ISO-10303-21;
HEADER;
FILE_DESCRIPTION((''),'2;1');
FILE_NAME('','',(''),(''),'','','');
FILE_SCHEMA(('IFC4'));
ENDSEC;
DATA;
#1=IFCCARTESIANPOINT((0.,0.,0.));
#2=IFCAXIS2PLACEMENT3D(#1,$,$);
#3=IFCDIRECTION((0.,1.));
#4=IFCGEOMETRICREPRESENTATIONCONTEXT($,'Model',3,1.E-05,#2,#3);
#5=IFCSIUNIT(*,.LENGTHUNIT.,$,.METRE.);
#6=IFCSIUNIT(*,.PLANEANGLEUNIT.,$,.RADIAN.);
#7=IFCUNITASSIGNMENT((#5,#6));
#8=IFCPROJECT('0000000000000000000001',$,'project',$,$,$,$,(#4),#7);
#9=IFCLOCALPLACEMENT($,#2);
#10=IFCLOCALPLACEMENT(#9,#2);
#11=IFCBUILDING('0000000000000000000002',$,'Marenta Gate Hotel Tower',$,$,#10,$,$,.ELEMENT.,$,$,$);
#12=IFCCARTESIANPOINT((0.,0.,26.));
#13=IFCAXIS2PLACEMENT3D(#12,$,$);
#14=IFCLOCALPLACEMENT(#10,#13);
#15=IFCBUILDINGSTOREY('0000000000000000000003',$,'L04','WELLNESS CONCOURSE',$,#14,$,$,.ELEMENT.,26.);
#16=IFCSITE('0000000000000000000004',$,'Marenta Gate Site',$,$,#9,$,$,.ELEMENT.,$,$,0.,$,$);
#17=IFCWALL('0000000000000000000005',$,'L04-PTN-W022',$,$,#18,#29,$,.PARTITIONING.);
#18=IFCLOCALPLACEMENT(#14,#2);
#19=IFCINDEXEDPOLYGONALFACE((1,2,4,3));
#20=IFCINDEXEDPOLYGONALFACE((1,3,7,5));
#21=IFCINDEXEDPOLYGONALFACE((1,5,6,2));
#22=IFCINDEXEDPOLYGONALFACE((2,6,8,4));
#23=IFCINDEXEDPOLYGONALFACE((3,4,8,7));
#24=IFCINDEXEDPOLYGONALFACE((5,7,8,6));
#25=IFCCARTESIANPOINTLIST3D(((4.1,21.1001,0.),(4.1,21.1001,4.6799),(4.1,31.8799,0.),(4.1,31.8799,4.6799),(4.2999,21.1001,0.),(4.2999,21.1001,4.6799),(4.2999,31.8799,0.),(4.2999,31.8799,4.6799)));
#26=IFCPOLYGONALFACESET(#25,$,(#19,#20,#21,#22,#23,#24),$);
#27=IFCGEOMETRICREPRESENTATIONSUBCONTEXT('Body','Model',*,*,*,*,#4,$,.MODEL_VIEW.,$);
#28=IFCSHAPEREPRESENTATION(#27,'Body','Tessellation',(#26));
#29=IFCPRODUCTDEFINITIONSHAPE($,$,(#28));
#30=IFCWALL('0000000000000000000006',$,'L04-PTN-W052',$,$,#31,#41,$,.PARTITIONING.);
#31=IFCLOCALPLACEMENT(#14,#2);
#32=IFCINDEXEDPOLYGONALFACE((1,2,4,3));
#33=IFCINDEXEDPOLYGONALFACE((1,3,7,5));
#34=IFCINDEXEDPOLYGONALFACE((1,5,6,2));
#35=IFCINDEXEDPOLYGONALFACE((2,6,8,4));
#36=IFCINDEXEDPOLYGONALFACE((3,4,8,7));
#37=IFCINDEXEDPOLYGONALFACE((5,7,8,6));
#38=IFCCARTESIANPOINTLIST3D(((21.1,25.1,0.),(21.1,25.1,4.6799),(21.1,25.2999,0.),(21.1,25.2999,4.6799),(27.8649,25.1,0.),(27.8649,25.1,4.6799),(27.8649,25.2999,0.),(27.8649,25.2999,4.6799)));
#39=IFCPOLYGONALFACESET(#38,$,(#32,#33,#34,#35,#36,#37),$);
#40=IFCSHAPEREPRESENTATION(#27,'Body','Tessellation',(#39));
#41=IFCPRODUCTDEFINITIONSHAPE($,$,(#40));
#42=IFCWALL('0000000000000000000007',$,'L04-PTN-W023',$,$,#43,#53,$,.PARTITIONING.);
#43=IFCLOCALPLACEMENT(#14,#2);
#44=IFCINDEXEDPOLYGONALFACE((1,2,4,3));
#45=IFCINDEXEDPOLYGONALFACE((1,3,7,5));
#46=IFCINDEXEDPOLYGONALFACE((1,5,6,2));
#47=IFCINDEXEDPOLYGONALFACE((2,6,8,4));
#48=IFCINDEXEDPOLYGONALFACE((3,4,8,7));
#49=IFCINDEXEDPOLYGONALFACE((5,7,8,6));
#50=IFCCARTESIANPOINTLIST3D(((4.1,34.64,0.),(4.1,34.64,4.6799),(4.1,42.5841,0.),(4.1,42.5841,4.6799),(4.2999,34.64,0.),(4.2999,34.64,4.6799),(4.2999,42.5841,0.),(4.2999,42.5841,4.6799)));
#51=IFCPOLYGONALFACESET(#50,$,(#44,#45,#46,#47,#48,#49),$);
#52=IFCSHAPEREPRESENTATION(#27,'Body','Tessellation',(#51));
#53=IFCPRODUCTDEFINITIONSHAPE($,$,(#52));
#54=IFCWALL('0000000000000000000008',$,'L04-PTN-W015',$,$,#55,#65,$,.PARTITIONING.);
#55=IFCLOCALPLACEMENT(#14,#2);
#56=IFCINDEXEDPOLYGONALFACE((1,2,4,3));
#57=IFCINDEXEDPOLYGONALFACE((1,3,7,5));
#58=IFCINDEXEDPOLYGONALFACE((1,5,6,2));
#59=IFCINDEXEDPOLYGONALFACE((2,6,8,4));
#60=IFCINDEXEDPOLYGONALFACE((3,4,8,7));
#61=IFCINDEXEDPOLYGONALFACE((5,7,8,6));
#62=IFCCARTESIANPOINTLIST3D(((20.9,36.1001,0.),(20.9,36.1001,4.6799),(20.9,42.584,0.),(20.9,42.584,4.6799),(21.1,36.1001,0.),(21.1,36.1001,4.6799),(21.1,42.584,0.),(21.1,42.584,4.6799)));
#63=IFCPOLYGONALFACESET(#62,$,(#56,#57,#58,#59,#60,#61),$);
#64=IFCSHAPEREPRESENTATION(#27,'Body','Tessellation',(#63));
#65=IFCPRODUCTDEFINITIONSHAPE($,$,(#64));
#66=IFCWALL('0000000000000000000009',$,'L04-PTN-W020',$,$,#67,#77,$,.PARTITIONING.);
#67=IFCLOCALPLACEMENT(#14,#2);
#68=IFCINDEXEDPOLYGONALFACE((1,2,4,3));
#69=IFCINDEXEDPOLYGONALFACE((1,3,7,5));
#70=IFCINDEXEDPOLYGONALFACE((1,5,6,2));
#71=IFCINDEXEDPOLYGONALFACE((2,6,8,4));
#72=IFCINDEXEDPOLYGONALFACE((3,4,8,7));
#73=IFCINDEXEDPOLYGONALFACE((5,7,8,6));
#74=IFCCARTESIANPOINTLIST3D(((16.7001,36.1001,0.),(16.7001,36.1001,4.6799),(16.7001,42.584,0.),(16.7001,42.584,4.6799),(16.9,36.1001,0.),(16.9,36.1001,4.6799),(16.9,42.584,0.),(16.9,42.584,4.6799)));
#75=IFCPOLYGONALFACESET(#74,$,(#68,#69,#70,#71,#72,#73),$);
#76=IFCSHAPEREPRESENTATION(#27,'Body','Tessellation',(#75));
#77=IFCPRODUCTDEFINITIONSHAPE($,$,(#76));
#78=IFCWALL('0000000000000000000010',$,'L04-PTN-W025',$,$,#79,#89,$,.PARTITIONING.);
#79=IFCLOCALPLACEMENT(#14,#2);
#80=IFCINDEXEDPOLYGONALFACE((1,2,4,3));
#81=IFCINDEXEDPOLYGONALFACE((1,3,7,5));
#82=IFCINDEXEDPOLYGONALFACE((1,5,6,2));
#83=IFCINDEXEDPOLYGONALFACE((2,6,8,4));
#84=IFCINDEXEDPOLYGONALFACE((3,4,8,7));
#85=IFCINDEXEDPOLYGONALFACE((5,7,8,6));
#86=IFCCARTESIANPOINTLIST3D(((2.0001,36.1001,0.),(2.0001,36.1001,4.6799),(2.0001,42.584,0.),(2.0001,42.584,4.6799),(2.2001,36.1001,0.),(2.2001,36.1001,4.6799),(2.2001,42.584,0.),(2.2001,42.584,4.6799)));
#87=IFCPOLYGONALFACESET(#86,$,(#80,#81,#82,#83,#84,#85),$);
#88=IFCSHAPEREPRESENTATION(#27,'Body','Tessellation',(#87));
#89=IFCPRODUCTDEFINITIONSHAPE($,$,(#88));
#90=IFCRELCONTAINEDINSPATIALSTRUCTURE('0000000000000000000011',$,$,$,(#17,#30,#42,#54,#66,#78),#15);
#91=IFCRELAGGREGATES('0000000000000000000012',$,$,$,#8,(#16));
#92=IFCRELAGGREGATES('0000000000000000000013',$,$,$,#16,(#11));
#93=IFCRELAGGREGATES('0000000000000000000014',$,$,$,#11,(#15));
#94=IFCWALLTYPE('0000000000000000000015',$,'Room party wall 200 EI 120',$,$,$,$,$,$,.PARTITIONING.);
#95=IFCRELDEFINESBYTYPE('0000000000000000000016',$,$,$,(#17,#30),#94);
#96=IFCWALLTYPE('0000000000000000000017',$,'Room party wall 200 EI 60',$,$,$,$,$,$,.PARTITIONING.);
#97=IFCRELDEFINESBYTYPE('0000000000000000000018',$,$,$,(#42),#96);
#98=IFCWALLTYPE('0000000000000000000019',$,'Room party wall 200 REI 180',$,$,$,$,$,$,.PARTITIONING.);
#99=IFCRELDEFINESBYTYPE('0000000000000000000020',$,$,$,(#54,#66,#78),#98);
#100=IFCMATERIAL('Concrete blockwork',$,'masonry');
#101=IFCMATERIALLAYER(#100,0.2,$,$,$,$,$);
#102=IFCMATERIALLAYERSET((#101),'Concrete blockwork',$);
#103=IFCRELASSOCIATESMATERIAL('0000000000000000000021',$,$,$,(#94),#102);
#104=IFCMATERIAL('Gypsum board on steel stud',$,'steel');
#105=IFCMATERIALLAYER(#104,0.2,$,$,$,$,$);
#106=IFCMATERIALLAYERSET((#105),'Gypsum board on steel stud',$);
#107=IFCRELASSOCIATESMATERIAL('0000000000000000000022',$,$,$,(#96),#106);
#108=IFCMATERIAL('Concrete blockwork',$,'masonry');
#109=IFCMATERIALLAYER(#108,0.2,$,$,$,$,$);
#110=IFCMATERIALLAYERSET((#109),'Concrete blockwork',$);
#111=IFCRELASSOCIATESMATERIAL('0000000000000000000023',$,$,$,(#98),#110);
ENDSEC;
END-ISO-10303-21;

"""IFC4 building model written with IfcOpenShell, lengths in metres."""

from ifc_helpers import new_model, si_unit, direction, frame, frame_2d, origin, place, context, subcontext, project, spatial, rectangle, extrude, material, layer, layer_set, type_object, element, save


model = new_model("IFC4")

# Units and contexts
model_context = context("Model", 3, precision=1e-05, world=origin(), true_north=direction((0.0, 1.0)))
body_context = subcontext(model_context, "Body", "Model", "MODEL_VIEW")
ifc_project = project(units=[si_unit("LENGTHUNIT", "METRE"), si_unit("PLANEANGLEUNIT", "RADIAN")], contexts=[model_context])

# Site, building, storey
site_placement = place(None, origin())
site = spatial("IfcSite", under=ifc_project, at=site_placement, Name="Marenta Gate Site", CompositionType="ELEMENT", RefElevation=0.0)
building_placement = place(site_placement, origin())
building = spatial("IfcBuilding", under=site, at=building_placement, Name="Marenta Gate Hotel Tower", CompositionType="ELEMENT")
storey_placement = place(building_placement, frame((0.0, 0.0, 26.0)))
storey = spatial("IfcBuildingStorey", under=building, at=storey_placement, Name="L04", Description="WELLNESS CONCOURSE", CompositionType="ELEMENT", Elevation=26.0)

# Walls
ifc_material_1 = material(Name="Concrete blockwork", Category="masonry")
ifc_layer_1 = layer(ifc_material_1, 0.2)
ifc_layer_set_1 = layer_set([ifc_layer_1], Name="Concrete blockwork")
wall_type_1 = type_object("IfcWallType", Name="Room party wall 200 EI 120", PredefinedType="PARTITIONING", material=ifc_layer_set_1)
wall_1_placement = place(storey_placement, frame((4.2, 21.1001, 0.0), z_axis=(0.0, 0.0, 1.0), x_axis=(0.0, 1.0, 0.0)))
element("IfcWall", 1, at=wall_1_placement, inside=storey, type_object=wall_type_1, Name="L04-PTN-W022", PredefinedType="PARTITIONING", context=body_context, shape_type="SweptSolid", body=[
    extrude(rectangle(XDim=10.7798, YDim=0.2, at=frame_2d((5.3899, 0.0))), origin(), (0.0, 0.0, 1.0), 4.6799),
])
wall_2_placement = place(storey_placement, frame((21.1001, 25.2, 0.0), z_axis=(0.0, 0.0, 1.0), x_axis=(1.0, 0.0, 0.0)))
element("IfcWall", 2, at=wall_2_placement, inside=storey, type_object=wall_type_1, Name="L04-PTN-W052", PredefinedType="PARTITIONING", context=body_context, shape_type="SweptSolid", body=[
    extrude(rectangle(XDim=6.7649, YDim=0.2, at=frame_2d((3.3823, 0.0))), origin(), (0.0, 0.0, 1.0), 4.6799),
])
ifc_material_2 = material(Name="Gypsum board on steel stud", Category="steel")
ifc_layer_2 = layer(ifc_material_2, 0.2)
ifc_layer_set_2 = layer_set([ifc_layer_2], Name="Gypsum board on steel stud")
wall_type_2 = type_object("IfcWallType", Name="Room party wall 200 EI 60", PredefinedType="PARTITIONING", material=ifc_layer_set_2)
wall_3_placement = place(storey_placement, frame((4.2, 34.6399, 0.0), z_axis=(0.0, 0.0, 1.0), x_axis=(0.0, 1.0, 0.0)))
element("IfcWall", 3, at=wall_3_placement, inside=storey, type_object=wall_type_2, Name="L04-PTN-W023", PredefinedType="PARTITIONING", context=body_context, shape_type="SweptSolid", body=[
    extrude(rectangle(XDim=7.9441, YDim=0.2, at=frame_2d((3.9722, 0.0))), origin(), (0.0, 0.0, 1.0), 4.6799),
])
ifc_material_3 = material(Name="Concrete blockwork", Category="masonry")
ifc_layer_3 = layer(ifc_material_3, 0.2)
ifc_layer_set_3 = layer_set([ifc_layer_3], Name="Concrete blockwork")
wall_type_3 = type_object("IfcWallType", Name="Room party wall 200 REI 180", PredefinedType="PARTITIONING", material=ifc_layer_set_3)
for number, where, z_axis, x_axis, name in (
    (4, (21.0, 36.1001, 0.0), (0.0, 0.0, 1.0), (0.0, 1.0, 0.0), "L04-PTN-W015"),
    (5, (16.8, 36.1001, 0.0), (0.0, 0.0, 1.0), (0.0, 1.0, 0.0), "L04-PTN-W020"),
    (6, (2.1001, 36.1001, 0.0), (0.0, 0.0, 1.0), (0.0, 1.0, 0.0), "L04-PTN-W025"),
):
    element("IfcWall", number, at=place(storey_placement, frame(where, z_axis=z_axis, x_axis=x_axis)), inside=storey, type_object=wall_type_3, Name=name, PredefinedType="PARTITIONING", context=body_context, shape_type="SweptSolid", body=[
        extrude(rectangle(XDim=6.4839, YDim=0.2, at=frame_2d((3.2419, 0.0))), origin(), (0.0, 0.0, 1.0), 4.6799),
    ])

save(model, "model.ifc")
